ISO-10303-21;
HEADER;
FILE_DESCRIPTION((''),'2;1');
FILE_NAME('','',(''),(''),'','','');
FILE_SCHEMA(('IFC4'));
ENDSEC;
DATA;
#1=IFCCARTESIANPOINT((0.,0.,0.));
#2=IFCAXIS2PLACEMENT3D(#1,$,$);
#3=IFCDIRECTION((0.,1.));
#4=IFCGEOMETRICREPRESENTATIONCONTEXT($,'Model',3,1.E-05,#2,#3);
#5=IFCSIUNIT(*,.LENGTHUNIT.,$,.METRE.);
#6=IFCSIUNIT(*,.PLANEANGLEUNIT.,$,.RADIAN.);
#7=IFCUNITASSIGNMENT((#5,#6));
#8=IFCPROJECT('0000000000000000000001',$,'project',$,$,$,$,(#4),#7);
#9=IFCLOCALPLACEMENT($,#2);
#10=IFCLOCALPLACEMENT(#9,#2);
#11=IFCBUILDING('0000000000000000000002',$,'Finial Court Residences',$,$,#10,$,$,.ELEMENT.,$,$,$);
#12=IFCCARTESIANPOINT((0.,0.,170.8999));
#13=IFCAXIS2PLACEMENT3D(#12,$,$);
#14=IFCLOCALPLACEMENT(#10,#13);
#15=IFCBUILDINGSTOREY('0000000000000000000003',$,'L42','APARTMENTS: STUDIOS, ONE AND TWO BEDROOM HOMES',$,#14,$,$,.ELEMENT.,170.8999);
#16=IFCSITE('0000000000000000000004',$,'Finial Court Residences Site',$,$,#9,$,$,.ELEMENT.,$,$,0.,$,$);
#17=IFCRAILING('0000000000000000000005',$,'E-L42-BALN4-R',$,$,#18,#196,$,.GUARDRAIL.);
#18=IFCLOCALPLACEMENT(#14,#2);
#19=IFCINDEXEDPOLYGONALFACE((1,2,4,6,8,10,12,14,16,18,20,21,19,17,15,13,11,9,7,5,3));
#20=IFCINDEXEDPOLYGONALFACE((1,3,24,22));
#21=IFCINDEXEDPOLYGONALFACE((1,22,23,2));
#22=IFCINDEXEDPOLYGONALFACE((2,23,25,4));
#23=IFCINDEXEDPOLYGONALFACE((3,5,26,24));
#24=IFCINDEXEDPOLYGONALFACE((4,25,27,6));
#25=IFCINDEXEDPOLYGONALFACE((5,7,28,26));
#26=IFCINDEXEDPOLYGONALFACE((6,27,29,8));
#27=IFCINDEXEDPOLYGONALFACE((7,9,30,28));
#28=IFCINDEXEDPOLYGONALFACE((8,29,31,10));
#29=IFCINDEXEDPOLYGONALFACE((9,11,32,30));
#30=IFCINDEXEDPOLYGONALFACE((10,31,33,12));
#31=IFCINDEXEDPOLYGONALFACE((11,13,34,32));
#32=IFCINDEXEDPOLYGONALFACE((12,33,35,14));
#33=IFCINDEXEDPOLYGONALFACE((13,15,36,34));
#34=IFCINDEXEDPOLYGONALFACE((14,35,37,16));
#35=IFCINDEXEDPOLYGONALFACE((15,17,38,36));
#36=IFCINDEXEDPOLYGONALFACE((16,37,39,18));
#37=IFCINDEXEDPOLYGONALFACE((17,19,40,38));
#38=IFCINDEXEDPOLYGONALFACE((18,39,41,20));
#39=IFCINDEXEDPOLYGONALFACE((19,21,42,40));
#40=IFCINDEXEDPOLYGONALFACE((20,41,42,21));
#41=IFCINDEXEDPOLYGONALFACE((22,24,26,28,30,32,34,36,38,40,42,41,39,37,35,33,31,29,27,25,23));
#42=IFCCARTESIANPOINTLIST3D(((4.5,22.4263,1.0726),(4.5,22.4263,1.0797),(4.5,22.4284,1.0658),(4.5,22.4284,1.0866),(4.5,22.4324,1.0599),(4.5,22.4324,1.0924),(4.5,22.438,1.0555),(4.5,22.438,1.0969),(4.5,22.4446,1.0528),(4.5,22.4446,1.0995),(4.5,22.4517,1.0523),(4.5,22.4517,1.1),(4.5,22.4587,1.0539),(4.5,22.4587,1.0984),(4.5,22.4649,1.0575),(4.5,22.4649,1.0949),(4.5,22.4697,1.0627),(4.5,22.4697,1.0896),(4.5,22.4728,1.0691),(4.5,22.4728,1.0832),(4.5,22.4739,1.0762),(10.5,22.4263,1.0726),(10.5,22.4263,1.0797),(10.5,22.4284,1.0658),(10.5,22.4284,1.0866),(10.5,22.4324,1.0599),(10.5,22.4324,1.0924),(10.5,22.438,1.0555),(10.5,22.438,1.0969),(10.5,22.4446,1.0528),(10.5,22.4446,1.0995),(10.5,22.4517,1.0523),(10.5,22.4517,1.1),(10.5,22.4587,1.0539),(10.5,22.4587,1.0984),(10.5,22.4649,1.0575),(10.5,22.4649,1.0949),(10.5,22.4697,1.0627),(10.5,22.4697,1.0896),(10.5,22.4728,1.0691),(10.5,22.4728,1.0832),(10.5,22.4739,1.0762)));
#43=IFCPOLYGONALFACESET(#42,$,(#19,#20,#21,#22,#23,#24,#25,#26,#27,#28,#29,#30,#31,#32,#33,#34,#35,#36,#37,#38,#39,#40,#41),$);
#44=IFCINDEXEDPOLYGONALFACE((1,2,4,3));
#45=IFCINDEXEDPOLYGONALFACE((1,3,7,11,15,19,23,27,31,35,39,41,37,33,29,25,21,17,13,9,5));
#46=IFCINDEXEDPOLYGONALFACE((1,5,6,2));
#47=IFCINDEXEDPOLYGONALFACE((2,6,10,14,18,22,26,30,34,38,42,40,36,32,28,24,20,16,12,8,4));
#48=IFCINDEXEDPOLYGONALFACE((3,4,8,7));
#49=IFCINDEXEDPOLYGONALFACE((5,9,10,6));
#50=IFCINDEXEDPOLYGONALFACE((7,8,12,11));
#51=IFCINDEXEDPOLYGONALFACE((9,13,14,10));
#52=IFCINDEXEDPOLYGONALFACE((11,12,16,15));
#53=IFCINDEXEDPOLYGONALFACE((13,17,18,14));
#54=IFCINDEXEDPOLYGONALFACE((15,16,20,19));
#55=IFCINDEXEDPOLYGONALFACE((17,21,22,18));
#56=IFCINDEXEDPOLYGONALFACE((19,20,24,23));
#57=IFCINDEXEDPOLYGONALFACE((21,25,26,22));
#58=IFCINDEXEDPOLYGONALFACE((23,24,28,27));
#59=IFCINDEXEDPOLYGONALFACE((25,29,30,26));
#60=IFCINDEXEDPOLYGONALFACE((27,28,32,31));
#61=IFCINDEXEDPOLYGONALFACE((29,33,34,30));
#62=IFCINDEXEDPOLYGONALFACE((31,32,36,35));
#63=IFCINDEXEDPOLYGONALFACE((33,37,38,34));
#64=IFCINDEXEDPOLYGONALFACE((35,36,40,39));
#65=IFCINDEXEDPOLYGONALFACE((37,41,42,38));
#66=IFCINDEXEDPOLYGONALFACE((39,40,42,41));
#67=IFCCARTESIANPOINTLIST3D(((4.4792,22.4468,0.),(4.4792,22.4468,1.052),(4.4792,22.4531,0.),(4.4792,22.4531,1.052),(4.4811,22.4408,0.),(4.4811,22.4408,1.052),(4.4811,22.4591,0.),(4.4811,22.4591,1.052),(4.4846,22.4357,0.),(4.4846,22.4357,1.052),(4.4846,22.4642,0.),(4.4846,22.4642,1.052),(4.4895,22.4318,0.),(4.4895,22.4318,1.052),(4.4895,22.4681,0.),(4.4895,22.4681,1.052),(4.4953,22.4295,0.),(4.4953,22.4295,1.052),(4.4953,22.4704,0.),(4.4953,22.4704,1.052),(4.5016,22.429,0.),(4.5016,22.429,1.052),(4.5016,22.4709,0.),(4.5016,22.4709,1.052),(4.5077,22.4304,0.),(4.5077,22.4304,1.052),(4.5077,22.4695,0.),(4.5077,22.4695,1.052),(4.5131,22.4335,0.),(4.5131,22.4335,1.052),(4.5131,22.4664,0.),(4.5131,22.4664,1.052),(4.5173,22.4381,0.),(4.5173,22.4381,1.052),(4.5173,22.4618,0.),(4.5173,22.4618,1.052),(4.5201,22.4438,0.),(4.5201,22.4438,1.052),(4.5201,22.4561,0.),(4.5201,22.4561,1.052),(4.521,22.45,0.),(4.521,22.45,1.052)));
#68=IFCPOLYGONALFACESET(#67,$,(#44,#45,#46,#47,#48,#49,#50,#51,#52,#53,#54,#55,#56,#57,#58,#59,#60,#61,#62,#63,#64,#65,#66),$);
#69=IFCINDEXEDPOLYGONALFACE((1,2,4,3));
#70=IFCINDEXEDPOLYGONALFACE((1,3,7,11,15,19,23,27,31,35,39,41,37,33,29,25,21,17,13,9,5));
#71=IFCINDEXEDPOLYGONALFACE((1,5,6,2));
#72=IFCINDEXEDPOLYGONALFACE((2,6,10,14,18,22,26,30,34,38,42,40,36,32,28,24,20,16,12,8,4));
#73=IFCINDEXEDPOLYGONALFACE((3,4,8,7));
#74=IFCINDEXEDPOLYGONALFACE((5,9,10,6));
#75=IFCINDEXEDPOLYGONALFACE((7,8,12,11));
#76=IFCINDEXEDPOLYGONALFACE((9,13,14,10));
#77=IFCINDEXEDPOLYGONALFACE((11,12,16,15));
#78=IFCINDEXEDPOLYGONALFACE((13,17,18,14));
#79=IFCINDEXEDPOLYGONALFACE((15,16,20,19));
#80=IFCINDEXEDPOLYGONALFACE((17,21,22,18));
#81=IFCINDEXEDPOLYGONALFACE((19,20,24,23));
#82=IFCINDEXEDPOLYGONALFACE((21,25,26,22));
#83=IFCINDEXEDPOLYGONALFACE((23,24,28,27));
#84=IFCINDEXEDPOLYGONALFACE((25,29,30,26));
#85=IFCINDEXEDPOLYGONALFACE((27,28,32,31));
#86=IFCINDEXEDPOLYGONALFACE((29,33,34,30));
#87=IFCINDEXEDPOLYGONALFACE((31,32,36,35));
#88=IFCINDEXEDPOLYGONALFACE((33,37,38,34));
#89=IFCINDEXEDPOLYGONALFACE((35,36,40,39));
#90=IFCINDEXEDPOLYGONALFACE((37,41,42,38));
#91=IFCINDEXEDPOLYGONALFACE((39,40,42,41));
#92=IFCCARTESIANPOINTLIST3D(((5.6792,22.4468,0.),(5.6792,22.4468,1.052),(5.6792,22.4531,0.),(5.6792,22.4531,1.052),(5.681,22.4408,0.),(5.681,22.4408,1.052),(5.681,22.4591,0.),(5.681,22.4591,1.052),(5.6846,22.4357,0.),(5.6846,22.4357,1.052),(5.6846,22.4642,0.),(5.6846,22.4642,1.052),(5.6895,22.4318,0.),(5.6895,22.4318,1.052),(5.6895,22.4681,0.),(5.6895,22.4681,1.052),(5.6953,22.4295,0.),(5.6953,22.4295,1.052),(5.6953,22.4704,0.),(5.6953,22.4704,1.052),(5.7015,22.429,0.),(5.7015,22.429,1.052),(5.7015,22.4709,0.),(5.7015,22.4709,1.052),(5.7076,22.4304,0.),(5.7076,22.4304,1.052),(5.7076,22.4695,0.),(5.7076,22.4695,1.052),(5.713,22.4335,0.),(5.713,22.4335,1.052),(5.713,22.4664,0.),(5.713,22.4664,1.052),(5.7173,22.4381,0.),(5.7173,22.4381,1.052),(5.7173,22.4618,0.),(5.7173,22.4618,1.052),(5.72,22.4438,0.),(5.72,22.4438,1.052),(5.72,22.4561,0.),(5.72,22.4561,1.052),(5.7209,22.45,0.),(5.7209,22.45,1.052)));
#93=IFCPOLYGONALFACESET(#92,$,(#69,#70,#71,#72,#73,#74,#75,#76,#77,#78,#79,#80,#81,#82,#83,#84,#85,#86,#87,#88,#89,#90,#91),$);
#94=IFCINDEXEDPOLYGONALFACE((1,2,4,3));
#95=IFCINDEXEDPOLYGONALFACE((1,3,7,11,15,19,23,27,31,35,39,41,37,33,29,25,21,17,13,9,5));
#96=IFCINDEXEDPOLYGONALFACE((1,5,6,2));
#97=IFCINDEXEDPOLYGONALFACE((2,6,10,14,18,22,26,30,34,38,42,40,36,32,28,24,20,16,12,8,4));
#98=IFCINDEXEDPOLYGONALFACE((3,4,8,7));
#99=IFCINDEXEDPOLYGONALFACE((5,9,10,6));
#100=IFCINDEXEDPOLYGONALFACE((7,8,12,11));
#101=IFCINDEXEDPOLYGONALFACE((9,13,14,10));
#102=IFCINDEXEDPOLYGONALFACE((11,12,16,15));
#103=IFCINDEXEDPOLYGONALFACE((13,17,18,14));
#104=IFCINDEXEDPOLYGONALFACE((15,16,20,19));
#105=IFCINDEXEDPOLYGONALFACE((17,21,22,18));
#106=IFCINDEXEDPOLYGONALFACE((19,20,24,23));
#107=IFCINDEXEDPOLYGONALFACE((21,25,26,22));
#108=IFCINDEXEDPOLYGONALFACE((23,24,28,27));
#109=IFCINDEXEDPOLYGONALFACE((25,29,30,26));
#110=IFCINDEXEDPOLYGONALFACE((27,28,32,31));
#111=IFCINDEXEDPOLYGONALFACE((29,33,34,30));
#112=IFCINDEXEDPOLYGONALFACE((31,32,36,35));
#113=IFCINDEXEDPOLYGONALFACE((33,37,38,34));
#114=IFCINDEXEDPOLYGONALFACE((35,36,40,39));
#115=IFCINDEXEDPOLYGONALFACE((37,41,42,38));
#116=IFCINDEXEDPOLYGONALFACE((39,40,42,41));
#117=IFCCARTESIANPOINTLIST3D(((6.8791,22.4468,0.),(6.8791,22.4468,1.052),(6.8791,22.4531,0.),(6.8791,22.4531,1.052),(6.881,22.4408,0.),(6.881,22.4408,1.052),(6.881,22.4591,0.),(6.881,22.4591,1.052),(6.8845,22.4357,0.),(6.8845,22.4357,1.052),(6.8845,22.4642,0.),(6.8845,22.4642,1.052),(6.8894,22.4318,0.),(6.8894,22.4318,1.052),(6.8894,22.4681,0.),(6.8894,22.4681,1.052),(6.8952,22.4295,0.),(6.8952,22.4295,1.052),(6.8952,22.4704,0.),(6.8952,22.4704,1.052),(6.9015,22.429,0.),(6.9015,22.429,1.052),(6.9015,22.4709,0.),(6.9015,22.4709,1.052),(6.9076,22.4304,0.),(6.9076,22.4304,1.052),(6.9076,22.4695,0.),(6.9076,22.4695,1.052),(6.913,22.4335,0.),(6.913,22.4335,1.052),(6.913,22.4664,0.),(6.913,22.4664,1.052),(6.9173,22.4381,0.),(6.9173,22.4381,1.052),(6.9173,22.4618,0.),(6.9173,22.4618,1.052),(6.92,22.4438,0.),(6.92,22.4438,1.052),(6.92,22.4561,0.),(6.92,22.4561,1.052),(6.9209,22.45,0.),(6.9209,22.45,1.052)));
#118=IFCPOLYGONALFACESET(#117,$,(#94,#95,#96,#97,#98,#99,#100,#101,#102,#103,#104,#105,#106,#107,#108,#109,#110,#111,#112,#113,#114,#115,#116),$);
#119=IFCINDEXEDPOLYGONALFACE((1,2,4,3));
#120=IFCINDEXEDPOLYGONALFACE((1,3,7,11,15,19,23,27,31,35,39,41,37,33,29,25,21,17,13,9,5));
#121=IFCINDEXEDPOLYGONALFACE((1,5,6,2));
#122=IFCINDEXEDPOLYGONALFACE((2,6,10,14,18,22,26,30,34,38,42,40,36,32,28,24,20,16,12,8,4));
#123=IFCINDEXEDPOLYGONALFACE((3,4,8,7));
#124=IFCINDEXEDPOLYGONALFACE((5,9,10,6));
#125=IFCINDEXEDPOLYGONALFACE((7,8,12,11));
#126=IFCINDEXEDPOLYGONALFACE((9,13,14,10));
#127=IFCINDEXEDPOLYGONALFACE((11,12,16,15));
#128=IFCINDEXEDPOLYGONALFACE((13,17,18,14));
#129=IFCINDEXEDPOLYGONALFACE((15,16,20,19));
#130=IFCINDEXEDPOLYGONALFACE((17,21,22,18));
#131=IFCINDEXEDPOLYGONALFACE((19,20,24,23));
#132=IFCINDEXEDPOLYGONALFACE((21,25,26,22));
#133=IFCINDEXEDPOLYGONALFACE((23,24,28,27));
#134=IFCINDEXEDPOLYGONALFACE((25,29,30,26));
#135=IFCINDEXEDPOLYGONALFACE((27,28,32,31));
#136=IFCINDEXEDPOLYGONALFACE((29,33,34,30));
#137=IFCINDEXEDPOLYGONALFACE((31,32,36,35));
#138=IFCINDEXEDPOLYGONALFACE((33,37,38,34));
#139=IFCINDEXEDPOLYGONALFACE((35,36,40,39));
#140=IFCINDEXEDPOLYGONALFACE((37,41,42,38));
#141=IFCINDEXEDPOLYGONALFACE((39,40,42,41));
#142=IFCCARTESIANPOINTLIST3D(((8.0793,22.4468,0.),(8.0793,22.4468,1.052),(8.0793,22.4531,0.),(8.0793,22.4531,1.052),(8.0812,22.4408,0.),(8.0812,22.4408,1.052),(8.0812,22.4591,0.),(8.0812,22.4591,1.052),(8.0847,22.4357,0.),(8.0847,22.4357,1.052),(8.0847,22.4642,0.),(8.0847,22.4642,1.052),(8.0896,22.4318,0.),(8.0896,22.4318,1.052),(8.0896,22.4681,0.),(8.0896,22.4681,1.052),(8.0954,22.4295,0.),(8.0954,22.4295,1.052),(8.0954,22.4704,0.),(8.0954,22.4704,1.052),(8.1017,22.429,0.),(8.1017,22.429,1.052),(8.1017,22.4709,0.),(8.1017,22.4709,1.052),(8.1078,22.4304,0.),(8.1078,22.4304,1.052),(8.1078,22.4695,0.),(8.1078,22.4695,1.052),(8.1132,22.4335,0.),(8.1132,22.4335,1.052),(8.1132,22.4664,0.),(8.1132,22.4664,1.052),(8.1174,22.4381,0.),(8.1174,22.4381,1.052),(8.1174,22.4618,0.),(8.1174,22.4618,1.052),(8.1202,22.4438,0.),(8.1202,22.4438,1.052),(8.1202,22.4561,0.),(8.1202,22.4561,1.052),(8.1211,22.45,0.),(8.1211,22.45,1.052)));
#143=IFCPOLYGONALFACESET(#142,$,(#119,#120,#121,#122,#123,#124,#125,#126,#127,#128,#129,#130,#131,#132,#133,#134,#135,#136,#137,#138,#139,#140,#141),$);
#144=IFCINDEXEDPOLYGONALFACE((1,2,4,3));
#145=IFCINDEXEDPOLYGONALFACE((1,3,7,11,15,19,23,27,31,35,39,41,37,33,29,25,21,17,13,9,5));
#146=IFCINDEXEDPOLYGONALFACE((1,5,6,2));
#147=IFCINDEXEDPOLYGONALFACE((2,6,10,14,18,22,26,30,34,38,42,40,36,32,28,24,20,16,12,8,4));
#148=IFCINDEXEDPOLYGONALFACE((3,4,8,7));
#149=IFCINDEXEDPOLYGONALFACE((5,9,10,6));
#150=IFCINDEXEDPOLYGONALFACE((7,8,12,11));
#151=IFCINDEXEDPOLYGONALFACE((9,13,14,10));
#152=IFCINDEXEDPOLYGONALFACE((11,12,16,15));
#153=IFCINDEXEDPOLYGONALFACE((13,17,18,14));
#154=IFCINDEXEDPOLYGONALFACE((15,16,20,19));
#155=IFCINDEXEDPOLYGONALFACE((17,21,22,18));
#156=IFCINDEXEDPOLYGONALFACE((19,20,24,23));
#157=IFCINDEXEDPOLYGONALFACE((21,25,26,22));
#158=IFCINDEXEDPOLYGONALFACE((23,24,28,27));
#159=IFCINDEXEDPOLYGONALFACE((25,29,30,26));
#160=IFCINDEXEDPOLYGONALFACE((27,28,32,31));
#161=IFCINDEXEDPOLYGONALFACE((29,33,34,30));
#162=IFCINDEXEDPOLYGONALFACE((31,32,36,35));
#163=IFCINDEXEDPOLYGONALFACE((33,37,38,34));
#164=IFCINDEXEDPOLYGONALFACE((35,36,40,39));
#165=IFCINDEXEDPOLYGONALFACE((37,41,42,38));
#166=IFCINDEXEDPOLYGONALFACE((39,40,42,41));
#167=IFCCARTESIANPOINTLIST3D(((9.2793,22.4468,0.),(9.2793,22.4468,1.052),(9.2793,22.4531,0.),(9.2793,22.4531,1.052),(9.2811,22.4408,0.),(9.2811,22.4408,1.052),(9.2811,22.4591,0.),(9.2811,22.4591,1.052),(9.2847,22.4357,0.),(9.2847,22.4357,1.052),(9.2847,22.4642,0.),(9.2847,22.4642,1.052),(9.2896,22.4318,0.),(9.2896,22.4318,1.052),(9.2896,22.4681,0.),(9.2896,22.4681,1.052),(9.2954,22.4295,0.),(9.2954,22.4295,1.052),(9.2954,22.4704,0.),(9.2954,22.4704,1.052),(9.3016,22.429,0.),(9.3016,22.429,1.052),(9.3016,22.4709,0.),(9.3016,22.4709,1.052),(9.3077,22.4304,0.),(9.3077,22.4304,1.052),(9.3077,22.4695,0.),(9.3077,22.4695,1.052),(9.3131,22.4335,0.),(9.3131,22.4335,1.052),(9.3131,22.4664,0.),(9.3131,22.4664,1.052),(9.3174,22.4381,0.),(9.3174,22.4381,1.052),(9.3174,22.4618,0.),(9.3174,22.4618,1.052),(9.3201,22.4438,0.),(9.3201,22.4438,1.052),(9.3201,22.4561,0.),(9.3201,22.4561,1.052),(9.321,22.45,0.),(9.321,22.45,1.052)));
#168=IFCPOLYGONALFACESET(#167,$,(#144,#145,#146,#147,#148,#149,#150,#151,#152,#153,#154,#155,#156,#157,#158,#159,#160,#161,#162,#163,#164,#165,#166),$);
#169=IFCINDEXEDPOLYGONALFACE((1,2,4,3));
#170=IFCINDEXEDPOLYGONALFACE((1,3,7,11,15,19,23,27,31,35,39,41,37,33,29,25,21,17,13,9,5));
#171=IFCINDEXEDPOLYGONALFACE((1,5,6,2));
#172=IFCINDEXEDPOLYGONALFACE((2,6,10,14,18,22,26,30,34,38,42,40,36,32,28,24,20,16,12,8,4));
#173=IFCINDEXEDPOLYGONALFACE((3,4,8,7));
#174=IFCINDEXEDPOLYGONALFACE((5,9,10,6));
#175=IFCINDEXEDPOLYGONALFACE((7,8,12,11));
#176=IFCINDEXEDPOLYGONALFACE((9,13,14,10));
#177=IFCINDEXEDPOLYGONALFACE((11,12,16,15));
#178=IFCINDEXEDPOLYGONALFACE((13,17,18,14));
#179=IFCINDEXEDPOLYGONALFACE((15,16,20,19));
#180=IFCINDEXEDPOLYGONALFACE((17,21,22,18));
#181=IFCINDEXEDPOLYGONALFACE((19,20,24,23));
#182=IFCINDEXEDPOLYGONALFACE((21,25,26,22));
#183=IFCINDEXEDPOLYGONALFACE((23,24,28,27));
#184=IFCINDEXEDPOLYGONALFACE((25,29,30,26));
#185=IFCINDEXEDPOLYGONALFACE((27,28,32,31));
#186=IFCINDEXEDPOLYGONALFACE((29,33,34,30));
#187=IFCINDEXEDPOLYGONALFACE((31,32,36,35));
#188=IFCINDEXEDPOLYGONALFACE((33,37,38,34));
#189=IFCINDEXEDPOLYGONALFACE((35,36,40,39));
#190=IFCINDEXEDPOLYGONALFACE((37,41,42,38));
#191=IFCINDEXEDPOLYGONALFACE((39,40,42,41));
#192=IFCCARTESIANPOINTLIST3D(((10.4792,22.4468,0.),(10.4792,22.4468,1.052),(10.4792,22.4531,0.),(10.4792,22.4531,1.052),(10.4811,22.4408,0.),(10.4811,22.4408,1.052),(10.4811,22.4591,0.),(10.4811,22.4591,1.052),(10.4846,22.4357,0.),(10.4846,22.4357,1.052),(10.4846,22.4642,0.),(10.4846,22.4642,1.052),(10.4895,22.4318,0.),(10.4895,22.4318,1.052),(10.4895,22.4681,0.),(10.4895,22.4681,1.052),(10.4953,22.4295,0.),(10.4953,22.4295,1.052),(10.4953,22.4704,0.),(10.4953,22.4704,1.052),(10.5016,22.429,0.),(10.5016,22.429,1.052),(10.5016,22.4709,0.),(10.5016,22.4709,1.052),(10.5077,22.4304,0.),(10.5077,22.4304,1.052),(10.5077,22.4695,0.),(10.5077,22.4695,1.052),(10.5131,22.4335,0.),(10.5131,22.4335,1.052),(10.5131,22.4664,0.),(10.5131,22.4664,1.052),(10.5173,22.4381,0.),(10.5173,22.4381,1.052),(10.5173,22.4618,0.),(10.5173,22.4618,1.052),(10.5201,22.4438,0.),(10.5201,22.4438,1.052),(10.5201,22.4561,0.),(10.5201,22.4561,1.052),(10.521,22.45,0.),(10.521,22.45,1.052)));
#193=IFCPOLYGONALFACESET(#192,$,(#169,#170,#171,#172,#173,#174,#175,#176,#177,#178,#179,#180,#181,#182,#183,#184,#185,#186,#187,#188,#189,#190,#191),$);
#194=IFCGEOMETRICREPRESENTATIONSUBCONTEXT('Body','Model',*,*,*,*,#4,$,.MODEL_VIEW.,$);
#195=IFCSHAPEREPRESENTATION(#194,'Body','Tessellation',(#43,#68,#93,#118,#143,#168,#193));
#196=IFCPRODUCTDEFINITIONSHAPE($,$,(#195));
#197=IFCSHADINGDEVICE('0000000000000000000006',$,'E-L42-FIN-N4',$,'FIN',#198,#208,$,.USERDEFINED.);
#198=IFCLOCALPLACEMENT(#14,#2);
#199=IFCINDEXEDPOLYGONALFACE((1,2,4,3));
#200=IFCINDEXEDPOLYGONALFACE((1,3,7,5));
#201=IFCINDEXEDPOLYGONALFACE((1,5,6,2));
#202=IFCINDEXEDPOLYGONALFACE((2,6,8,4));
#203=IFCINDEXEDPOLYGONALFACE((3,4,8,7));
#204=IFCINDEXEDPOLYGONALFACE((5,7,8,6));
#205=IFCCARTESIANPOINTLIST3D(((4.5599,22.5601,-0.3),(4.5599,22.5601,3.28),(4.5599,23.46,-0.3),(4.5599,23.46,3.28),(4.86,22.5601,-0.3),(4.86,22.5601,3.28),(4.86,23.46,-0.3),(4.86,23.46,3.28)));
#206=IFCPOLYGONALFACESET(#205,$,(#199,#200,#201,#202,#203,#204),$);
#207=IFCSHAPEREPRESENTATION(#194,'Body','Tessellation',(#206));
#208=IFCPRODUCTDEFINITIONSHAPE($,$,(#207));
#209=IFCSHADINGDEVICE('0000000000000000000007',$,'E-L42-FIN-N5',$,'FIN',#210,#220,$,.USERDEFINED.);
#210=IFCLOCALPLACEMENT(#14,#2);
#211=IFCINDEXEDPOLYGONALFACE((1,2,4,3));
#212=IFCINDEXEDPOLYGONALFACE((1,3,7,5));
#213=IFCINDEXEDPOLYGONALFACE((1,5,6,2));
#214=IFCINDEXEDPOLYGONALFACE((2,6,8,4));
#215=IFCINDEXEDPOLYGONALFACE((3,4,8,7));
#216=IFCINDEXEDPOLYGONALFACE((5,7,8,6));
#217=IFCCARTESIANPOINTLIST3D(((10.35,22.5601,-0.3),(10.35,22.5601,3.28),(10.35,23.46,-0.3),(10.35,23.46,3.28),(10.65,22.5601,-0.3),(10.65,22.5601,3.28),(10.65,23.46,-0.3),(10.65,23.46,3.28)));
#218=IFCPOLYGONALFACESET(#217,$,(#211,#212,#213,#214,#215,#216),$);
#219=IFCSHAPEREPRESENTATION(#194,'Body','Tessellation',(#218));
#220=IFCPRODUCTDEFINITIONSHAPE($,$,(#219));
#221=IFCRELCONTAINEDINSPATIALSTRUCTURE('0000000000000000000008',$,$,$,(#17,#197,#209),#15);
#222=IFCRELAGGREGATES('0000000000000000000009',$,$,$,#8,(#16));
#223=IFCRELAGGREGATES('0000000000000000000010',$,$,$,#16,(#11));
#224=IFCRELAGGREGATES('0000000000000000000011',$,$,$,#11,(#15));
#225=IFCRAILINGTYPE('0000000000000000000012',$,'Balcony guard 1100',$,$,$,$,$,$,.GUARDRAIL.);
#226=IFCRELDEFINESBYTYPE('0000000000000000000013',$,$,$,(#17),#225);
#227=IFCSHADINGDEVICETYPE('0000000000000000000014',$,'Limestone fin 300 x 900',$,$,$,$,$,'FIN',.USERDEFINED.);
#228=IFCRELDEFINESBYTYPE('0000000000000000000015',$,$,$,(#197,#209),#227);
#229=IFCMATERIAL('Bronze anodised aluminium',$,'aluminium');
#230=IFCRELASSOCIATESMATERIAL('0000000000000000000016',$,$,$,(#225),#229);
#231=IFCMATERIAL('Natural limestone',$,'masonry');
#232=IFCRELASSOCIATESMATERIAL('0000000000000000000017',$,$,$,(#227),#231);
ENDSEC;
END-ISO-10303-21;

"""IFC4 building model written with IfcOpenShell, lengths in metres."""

from ifc_helpers import new_model, si_unit, direction, frame, origin, origin_2d, place, context, subcontext, project, spatial, rectangle, circle, extrude, material, type_object, element, save


model = new_model("IFC4")

# Units and contexts
model_context = context("Model", 3, precision=1e-05, world=origin(), true_north=direction((0.0, 1.0)))
body_context = subcontext(model_context, "Body", "Model", "MODEL_VIEW")
ifc_project = project(units=[si_unit("LENGTHUNIT", "METRE"), si_unit("PLANEANGLEUNIT", "RADIAN")], contexts=[model_context])

# Site, building, storey
site_placement = place(None, origin())
site = spatial("IfcSite", under=ifc_project, at=site_placement, Name="Finial Court Residences Site", CompositionType="ELEMENT", RefElevation=0.0)
building_placement = place(site_placement, origin())
building = spatial("IfcBuilding", under=site, at=building_placement, Name="Finial Court Residences", CompositionType="ELEMENT")
storey_placement = place(building_placement, frame((0.0, 0.0, 170.8999)))
storey = spatial("IfcBuildingStorey", under=building, at=storey_placement, Name="L42", Description="APARTMENTS: STUDIOS, ONE AND TWO BEDROOM HOMES", CompositionType="ELEMENT", Elevation=170.8999)

# Shared definitions
ifc_material_1 = material(Name="Bronze anodised aluminium", Category="aluminium")

# Shared definitions
ifc_material_2 = material(Name="Natural limestone", Category="masonry")

# Railing
railing_type = type_object("IfcRailingType", Name="Balcony guard 1100", PredefinedType="GUARDRAIL", material=ifc_material_1)
railing_placement = place(storey_placement, frame((4.5, 22.45, 0.0)))
element("IfcRailing", 1, at=railing_placement, inside=storey, type_object=railing_type, Name="E-L42-BALN4-R", PredefinedType="GUARDRAIL", context=body_context, shape_type="SweptSolid", body=[
    extrude(circle(Radius=0.0239, at=origin_2d()), frame((0.0, 0.0, 1.0762), z_axis=(1.0, 0.0, 0.0), x_axis=(0.0, 1.0, 0.0)), (0.0, 0.0, 1.0), 6.0),
    extrude(circle(Radius=0.021, at=origin_2d()), origin(), (0.0, 0.0, 1.0), 1.052),
    extrude(circle(Radius=0.021, at=origin_2d()), frame((1.2, 0.0, 0.0)), (0.0, 0.0, 1.0), 1.052),
    extrude(circle(Radius=0.021, at=origin_2d()), frame((2.3999, 0.0, 0.0)), (0.0, 0.0, 1.0), 1.052),
    extrude(circle(Radius=0.021, at=origin_2d()), frame((3.6001, 0.0, 0.0)), (0.0, 0.0, 1.0), 1.052),
    extrude(circle(Radius=0.021, at=origin_2d()), frame((4.8, 0.0, 0.0)), (0.0, 0.0, 1.0), 1.052),
    extrude(circle(Radius=0.021, at=origin_2d()), frame((6.0, 0.0, 0.0)), (0.0, 0.0, 1.0), 1.052),
])

# Shading devices
shading_device_type = type_object("IfcShadingDeviceType", Name="Limestone fin 300 x 900", ElementType="FIN", PredefinedType="USERDEFINED", material=ifc_material_2)
for number, where, z_axis, x_axis, name in (
    (2, (4.71, 23.01, -0.3), (0.0, 0.0, 1.0), (1.0, 0.0, 0.0), "E-L42-FIN-N4"),
    (3, (10.5, 23.01, -0.3), (0.0, 0.0, 1.0), (1.0, 0.0, 0.0), "E-L42-FIN-N5"),
):
    element("IfcShadingDevice", number, at=place(storey_placement, frame(where, z_axis=z_axis, x_axis=x_axis)), inside=storey, type_object=shading_device_type, Name=name, ObjectType="FIN", PredefinedType="USERDEFINED", context=body_context, shape_type="SweptSolid", body=[
        extrude(rectangle(XDim=0.3, YDim=0.8999, at=origin_2d()), origin(), (0.0, 0.0, 1.0), 3.5801),
    ])

save(model, "model.ifc")
